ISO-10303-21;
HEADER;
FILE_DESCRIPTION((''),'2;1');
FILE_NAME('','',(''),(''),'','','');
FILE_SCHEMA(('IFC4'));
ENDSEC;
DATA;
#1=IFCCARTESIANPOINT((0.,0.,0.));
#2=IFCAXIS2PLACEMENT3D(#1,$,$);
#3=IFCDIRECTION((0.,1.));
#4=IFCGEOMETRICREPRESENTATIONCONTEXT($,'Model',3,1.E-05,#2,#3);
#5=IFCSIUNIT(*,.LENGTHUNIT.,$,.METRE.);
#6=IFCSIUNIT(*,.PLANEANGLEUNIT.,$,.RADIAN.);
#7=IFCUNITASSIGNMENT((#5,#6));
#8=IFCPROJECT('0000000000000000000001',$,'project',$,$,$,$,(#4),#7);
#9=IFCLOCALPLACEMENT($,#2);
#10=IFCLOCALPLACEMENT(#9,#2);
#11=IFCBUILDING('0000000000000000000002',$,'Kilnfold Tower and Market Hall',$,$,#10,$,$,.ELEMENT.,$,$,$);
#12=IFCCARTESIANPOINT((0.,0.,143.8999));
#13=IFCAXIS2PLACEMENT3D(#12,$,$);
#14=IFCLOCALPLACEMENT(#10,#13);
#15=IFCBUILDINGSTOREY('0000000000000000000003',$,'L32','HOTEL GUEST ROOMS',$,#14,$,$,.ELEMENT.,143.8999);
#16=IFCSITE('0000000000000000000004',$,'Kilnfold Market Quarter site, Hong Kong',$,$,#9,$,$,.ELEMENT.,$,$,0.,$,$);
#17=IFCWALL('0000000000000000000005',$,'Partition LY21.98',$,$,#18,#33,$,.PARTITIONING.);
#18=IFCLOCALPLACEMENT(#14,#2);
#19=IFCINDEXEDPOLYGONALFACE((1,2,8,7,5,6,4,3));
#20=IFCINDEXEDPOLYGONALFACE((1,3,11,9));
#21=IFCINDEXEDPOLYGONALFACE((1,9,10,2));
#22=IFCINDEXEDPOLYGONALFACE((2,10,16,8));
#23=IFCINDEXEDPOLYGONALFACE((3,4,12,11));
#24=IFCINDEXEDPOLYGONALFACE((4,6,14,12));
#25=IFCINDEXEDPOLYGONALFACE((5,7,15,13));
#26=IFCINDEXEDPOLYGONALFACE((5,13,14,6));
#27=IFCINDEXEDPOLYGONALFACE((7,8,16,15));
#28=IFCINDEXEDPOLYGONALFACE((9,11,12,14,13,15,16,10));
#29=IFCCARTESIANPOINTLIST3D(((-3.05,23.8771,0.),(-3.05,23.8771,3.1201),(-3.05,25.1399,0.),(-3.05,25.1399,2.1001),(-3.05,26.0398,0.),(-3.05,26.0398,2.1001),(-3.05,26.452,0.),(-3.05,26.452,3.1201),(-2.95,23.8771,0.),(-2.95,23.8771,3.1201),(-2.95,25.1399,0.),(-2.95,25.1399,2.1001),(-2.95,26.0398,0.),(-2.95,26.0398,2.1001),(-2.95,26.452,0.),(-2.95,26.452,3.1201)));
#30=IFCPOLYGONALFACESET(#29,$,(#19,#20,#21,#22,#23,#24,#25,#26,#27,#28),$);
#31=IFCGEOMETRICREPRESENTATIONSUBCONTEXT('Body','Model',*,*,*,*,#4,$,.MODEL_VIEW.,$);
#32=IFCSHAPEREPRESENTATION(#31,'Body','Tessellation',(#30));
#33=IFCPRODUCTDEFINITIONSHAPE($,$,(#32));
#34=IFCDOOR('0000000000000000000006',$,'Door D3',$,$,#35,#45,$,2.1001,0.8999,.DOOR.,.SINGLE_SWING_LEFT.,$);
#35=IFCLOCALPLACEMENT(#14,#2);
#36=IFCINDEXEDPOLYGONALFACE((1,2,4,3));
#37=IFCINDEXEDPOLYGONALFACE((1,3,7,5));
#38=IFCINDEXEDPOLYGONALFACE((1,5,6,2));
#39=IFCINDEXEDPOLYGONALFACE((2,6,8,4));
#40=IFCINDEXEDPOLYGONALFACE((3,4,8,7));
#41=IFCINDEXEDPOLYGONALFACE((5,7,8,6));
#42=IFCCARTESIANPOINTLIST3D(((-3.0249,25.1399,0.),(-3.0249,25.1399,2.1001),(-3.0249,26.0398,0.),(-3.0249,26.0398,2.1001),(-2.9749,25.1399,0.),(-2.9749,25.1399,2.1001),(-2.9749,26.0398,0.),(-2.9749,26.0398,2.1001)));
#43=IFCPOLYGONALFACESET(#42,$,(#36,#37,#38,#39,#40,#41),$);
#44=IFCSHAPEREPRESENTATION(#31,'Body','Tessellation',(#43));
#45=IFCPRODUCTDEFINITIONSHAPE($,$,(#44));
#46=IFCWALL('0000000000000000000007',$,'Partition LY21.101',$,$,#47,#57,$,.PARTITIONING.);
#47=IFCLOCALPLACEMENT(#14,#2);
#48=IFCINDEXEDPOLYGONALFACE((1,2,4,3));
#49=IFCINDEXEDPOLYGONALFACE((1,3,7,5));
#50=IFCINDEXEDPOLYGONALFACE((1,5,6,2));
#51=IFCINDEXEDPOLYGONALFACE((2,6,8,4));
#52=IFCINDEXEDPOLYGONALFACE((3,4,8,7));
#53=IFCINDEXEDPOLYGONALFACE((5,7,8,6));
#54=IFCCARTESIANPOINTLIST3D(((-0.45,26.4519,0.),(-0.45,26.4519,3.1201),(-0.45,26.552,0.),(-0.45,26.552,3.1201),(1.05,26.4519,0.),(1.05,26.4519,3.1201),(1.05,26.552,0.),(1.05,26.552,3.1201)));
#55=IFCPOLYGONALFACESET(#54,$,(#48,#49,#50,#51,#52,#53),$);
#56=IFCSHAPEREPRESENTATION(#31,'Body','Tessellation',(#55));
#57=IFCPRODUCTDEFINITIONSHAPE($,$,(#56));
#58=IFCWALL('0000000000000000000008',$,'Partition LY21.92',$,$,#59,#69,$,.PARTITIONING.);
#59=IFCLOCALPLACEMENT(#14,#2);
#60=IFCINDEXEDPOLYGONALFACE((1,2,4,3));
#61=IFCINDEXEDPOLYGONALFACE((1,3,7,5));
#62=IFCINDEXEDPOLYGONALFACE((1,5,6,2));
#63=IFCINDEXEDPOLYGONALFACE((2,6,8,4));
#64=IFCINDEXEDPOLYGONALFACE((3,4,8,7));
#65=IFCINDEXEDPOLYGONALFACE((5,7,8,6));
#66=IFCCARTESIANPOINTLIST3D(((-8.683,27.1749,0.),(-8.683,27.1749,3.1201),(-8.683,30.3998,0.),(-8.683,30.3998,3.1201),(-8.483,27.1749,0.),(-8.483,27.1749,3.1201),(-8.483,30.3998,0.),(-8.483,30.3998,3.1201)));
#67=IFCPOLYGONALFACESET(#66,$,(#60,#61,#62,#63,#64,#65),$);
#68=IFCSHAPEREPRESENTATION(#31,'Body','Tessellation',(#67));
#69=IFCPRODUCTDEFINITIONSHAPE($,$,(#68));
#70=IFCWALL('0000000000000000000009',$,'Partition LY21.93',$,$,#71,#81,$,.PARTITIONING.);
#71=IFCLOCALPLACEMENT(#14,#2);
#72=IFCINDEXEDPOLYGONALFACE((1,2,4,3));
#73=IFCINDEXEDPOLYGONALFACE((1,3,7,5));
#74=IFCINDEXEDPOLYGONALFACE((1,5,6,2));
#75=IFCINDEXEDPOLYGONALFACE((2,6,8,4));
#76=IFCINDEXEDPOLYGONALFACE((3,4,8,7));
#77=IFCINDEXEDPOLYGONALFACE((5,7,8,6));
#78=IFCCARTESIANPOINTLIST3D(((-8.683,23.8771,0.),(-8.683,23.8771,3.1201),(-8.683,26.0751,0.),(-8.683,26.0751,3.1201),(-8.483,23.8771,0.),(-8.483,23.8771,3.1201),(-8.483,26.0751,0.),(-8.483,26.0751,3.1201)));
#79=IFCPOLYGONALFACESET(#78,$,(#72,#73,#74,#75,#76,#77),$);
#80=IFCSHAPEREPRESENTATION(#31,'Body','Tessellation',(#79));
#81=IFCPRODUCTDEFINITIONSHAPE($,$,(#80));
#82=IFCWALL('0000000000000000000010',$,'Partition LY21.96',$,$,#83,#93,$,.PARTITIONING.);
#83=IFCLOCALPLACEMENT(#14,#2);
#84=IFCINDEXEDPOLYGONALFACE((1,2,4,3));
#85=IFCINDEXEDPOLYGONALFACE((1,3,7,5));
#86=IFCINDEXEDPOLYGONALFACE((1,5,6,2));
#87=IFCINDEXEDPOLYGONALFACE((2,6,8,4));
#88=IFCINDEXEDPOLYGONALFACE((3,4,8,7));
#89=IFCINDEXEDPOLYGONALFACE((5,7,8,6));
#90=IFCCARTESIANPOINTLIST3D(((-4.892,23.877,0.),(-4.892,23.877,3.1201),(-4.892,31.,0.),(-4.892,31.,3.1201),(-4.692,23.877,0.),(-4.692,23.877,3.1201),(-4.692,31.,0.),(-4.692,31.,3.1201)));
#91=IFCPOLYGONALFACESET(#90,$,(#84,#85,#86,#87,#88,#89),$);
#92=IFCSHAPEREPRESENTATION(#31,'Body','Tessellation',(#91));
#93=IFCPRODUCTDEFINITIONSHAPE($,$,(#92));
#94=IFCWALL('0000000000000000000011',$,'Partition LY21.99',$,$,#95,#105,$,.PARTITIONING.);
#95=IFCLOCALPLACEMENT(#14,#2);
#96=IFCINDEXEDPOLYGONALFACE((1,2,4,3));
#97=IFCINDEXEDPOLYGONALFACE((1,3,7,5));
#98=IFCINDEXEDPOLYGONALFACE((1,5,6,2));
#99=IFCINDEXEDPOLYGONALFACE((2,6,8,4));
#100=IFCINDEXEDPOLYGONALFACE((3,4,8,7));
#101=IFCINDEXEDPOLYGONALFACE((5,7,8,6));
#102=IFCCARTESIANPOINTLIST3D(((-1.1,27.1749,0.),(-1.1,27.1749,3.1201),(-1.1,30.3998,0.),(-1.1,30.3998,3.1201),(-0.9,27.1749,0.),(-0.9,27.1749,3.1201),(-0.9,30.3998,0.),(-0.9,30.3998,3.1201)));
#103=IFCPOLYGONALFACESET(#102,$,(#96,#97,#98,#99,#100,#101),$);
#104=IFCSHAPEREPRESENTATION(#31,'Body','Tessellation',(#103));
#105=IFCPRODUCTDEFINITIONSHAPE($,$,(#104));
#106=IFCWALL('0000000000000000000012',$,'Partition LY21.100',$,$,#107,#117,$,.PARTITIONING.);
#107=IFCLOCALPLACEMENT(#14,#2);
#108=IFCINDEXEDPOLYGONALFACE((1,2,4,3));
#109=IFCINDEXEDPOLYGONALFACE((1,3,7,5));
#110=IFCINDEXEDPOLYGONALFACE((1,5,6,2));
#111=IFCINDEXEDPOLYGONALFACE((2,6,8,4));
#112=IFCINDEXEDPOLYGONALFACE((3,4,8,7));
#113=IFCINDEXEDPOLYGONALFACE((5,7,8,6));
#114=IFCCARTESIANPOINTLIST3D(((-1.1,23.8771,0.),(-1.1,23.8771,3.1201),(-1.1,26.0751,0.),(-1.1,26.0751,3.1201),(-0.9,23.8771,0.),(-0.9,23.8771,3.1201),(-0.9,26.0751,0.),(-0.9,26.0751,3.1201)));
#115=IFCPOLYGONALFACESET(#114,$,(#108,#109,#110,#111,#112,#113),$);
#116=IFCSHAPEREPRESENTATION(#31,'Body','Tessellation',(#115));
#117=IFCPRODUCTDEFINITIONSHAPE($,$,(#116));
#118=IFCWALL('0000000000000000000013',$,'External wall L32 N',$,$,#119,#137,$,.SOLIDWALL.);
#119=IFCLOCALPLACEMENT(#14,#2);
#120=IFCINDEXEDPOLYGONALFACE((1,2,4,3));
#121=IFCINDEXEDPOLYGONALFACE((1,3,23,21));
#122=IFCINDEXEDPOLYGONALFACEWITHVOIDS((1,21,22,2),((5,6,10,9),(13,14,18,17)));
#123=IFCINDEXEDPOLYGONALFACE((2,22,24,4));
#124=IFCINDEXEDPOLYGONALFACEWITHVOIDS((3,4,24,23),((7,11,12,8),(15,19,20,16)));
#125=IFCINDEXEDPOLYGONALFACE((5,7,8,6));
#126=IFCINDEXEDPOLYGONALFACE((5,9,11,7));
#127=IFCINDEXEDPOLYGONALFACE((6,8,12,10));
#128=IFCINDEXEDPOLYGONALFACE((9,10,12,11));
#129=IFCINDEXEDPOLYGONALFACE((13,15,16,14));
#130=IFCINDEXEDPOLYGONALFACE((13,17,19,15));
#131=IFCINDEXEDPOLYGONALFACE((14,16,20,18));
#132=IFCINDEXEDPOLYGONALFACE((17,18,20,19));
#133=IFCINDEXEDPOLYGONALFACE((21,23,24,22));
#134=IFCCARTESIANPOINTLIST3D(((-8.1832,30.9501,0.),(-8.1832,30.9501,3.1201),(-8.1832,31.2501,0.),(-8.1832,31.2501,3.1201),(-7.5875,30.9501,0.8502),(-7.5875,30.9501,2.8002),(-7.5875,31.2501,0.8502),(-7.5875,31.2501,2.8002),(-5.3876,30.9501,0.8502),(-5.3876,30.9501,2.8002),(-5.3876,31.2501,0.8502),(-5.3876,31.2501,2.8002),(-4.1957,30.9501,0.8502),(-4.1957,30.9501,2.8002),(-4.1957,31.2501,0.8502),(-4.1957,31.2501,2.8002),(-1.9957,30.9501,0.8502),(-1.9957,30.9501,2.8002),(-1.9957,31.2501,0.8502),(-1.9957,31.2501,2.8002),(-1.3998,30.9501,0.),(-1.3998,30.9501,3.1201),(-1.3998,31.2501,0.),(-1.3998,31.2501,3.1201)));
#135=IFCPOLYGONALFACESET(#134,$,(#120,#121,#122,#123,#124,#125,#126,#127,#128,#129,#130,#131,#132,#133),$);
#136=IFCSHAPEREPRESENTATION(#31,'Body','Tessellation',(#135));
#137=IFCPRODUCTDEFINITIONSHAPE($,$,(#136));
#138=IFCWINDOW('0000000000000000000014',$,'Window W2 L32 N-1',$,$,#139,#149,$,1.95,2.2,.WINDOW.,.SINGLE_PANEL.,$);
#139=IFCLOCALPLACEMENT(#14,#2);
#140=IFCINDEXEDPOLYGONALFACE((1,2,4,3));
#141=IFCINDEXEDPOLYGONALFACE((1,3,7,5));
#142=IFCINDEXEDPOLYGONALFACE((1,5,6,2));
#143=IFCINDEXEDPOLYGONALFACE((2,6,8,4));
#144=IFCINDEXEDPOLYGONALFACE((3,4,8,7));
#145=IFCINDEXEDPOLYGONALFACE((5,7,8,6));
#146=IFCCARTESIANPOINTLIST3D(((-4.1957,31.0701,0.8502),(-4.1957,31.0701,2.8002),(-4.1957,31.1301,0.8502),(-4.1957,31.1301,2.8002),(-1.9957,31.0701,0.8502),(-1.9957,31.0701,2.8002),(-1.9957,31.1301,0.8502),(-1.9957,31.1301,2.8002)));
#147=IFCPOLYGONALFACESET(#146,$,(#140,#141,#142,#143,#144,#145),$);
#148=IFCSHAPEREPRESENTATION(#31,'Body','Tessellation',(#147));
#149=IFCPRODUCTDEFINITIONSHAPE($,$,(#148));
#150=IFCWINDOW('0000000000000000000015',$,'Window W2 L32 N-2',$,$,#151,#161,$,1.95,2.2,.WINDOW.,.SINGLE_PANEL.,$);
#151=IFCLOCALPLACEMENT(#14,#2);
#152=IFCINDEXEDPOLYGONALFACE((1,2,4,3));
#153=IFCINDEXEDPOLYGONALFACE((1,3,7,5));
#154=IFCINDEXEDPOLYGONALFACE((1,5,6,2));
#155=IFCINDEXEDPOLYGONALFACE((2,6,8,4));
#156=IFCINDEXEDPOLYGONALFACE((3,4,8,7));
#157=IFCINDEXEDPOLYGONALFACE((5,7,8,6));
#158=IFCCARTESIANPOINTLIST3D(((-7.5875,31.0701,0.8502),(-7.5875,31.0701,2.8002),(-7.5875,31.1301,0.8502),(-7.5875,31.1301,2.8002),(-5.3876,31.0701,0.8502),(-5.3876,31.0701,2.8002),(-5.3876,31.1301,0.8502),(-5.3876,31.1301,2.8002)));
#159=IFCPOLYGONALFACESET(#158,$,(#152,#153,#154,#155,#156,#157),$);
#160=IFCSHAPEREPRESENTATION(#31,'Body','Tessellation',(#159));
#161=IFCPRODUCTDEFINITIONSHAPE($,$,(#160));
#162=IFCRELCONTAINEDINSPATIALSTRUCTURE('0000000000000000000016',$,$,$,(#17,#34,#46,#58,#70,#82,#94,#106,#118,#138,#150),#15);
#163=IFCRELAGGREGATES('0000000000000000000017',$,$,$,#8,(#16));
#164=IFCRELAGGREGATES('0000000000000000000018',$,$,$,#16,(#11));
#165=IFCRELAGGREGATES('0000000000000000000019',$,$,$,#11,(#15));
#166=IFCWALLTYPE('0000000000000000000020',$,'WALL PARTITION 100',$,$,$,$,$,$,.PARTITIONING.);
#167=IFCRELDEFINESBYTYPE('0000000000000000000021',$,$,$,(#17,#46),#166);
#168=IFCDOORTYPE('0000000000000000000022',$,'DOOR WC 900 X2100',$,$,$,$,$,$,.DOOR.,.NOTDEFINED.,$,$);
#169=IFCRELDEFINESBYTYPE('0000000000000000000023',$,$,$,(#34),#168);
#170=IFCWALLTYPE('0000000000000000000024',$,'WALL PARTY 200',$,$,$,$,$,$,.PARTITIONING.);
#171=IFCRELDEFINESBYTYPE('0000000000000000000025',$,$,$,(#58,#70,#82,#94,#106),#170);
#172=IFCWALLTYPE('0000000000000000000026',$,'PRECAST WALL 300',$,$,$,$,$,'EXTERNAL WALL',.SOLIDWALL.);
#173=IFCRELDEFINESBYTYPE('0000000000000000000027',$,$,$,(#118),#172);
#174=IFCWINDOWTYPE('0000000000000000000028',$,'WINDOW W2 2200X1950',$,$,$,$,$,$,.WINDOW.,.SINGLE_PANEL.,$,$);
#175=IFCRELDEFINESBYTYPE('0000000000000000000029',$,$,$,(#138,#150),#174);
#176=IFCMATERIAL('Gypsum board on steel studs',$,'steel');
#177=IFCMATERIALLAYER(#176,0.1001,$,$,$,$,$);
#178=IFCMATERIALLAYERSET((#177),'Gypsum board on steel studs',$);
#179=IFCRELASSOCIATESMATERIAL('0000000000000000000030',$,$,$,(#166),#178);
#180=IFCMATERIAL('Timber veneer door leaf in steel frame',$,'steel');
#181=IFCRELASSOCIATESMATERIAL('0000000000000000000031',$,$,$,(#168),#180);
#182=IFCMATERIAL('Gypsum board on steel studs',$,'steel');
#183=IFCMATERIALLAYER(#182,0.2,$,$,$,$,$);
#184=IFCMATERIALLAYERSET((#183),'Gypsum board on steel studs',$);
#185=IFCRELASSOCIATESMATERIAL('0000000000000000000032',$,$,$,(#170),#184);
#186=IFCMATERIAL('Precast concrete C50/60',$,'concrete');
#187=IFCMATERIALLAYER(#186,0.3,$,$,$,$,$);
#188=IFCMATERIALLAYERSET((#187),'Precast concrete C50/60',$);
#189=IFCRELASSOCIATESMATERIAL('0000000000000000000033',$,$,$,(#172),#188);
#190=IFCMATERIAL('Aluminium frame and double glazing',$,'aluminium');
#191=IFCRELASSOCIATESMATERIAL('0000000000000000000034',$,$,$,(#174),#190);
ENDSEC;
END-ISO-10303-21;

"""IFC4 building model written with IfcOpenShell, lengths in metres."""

from ifc_helpers import new_model, si_unit, direction, frame, frame_2d, origin, place, context, subcontext, project, spatial, rectangle, extrude, source, transform, mapped, material, layer, layer_set, type_object, element, fill, save


model = new_model("IFC4")

# Units and contexts
model_context = context("Model", 3, precision=1e-05, world=origin(), true_north=direction((0.0, 1.0)))
body_context = subcontext(model_context, "Body", "Model", "MODEL_VIEW")
ifc_project = project(units=[si_unit("LENGTHUNIT", "METRE"), si_unit("PLANEANGLEUNIT", "RADIAN")], contexts=[model_context])

# Site, building, storey
site_placement = place(None, origin())
site = spatial("IfcSite", under=ifc_project, at=site_placement, Name="Kilnfold Market Quarter site, Hong Kong", CompositionType="ELEMENT", RefElevation=0.0)
building_placement = place(site_placement, origin())
building = spatial("IfcBuilding", under=site, at=building_placement, Name="Kilnfold Tower and Market Hall", CompositionType="ELEMENT")
storey_placement = place(building_placement, frame((0.0, 0.0, 143.8999)))
storey = spatial("IfcBuildingStorey", under=building, at=storey_placement, Name="L32", Description="HOTEL GUEST ROOMS", CompositionType="ELEMENT", Elevation=143.8999)

# Shared definitions
ifc_material_1 = material(Name="Gypsum board on steel studs", Category="steel")
ifc_layer_1 = layer(ifc_material_1, 0.1001)
ifc_layer_set_1 = layer_set([ifc_layer_1], Name="Gypsum board on steel studs")
wall_type_1 = type_object("IfcWallType", Name="WALL PARTITION 100", PredefinedType="PARTITIONING", material=ifc_layer_set_1)

# Shared definitions
ifc_material_2 = material(Name="Timber veneer door leaf in steel frame", Category="steel")
door_type = type_object("IfcDoorType", Name="DOOR WC 900 X2100", OperationType="NOTDEFINED", PredefinedType="DOOR", material=ifc_material_2)

# Wall, opening, door
wall_1_placement = place(storey_placement, frame((-3.0, 23.877, 0.0), z_axis=(0.0, 0.0, 1.0), x_axis=(0.0, 1.0, 0.0)))
wall_1 = element("IfcWall", 1, at=wall_1_placement, inside=storey, type_object=wall_type_1, Name="Partition LY21.98", PredefinedType="PARTITIONING", context=body_context, shape_type="SweptSolid", body=[
    extrude(rectangle(XDim=2.575, YDim=0.1001, at=frame_2d((1.2876, 0.0))), origin(), (0.0, 0.0, 1.0), 3.1201),
])
opening_1_placement = place(wall_1_placement, frame((1.2629, 0.0, 0.0)))
opening_1 = element("IfcOpeningElement", 2, at=opening_1_placement, cuts=wall_1, PredefinedType="OPENING", context=body_context, shape_type="SweptSolid", body=[
    extrude(rectangle(XDim=0.8999, YDim=2.1001, at=frame_2d((0.45, 1.05))), frame((0.0, 0.0601, 0.0), z_axis=(0.0, -1.0, 0.0), x_axis=(1.0, 0.0, 0.0)), (0.0, 0.0, 1.0), 0.1201),
])
door_1_placement = place(opening_1_placement, origin())
door_1 = element("IfcDoor", 3, at=door_1_placement, inside=storey, type_object=door_type, Name="Door D3", OperationType="SINGLE_SWING_LEFT", OverallHeight=2.1001, OverallWidth=0.8999, PredefinedType="DOOR", context=body_context, shape_type="SweptSolid", body=[
    extrude(rectangle(XDim=0.8999, YDim=2.1001, at=frame_2d((0.45, 1.05))), frame((0.0, 0.0249, 0.0), z_axis=(0.0, -1.0, 0.0), x_axis=(1.0, 0.0, 0.0)), (0.0, 0.0, 1.0), 0.05),
])
fill(opening_1, door_1)

# Walls
wall_2_placement = place(storey_placement, frame((-0.45, 26.502, 0.0), z_axis=(0.0, 0.0, 1.0), x_axis=(1.0, 0.0, 0.0)))
element("IfcWall", 4, at=wall_2_placement, inside=storey, type_object=wall_type_1, Name="Partition LY21.101", PredefinedType="PARTITIONING", context=body_context, shape_type="SweptSolid", body=[
    extrude(rectangle(XDim=1.5, YDim=0.1001, at=frame_2d((0.75, 0.0))), origin(), (0.0, 0.0, 1.0), 3.1201),
])
ifc_material_3 = material(Name="Gypsum board on steel studs", Category="steel")
ifc_layer_2 = layer(ifc_material_3, 0.2)
ifc_layer_set_2 = layer_set([ifc_layer_2], Name="Gypsum board on steel studs")
wall_type_2 = type_object("IfcWallType", Name="WALL PARTY 200", PredefinedType="PARTITIONING", material=ifc_layer_set_2)
wall_3_placement = place(storey_placement, frame((-8.583, 27.175, 0.0), z_axis=(0.0, 0.0, 1.0), x_axis=(0.0, 1.0, 0.0)))
element("IfcWall", 5, at=wall_3_placement, inside=storey, type_object=wall_type_2, Name="Partition LY21.92", PredefinedType="PARTITIONING", context=body_context, shape_type="SweptSolid", body=[
    extrude(rectangle(XDim=3.2249, YDim=0.2, at=frame_2d((1.6123, 0.0))), origin(), (0.0, 0.0, 1.0), 3.1201),
])
wall_4_placement = place(storey_placement, frame((-8.583, 23.877, 0.0), z_axis=(0.0, 0.0, 1.0), x_axis=(0.0, 1.0, 0.0)))
element("IfcWall", 6, at=wall_4_placement, inside=storey, type_object=wall_type_2, Name="Partition LY21.93", PredefinedType="PARTITIONING", context=body_context, shape_type="SweptSolid", body=[
    extrude(rectangle(XDim=2.198, YDim=0.2, at=frame_2d((1.0991, 0.0))), origin(), (0.0, 0.0, 1.0), 3.1201),
])
wall_5_placement = place(storey_placement, frame((-4.792, 23.877, 0.0), z_axis=(0.0, 0.0, 1.0), x_axis=(0.0, 1.0, 0.0)))
element("IfcWall", 7, at=wall_5_placement, inside=storey, type_object=wall_type_2, Name="Partition LY21.96", PredefinedType="PARTITIONING", context=body_context, shape_type="SweptSolid", body=[
    extrude(rectangle(XDim=7.123, YDim=0.2, at=frame_2d((3.5615, 0.0))), origin(), (0.0, 0.0, 1.0), 3.1201),
])
wall_6_placement = place(storey_placement, frame((-1.0, 27.175, 0.0), z_axis=(0.0, 0.0, 1.0), x_axis=(0.0, 1.0, 0.0)))
element("IfcWall", 8, at=wall_6_placement, inside=storey, type_object=wall_type_2, Name="Partition LY21.99", PredefinedType="PARTITIONING", context=body_context, shape_type="SweptSolid", body=[
    extrude(rectangle(XDim=3.2249, YDim=0.2, at=frame_2d((1.6123, 0.0))), origin(), (0.0, 0.0, 1.0), 3.1201),
])
wall_7_placement = place(storey_placement, frame((-1.0, 23.877, 0.0), z_axis=(0.0, 0.0, 1.0), x_axis=(0.0, 1.0, 0.0)))
element("IfcWall", 9, at=wall_7_placement, inside=storey, type_object=wall_type_2, Name="Partition LY21.100", PredefinedType="PARTITIONING", context=body_context, shape_type="SweptSolid", body=[
    extrude(rectangle(XDim=2.198, YDim=0.2, at=frame_2d((1.0991, 0.0))), origin(), (0.0, 0.0, 1.0), 3.1201),
])

# Wall, openings, windows
ifc_material_4 = material(Name="Precast concrete C50/60", Category="concrete")
ifc_layer_3 = layer(ifc_material_4, 0.3)
ifc_layer_set_3 = layer_set([ifc_layer_3], Name="Precast concrete C50/60")
wall_type_3 = type_object("IfcWallType", Name="PRECAST WALL 300", ElementType="EXTERNAL WALL", PredefinedType="SOLIDWALL", material=ifc_layer_set_3)
shared_shape_1 = source(origin(), body_context, "Body", "SweptSolid", [
    extrude(rectangle(XDim=6.7834, YDim=0.3, at=frame_2d((3.3916, 0.0))), origin(), (0.0, 0.0, 1.0), 3.1201),
])
wall_8_placement = place(storey_placement, frame((-1.3999, 31.1001, 0.0), z_axis=(0.0, 0.0, 1.0), x_axis=(-1.0, 0.0, 0.0)))
wall_8 = element("IfcWall", 10, at=wall_8_placement, inside=storey, type_object=wall_type_3, Name="External wall L32 N", PredefinedType="SOLIDWALL", context=body_context, shape_type="MappedRepresentation", body=[
    mapped(shared_shape_1, transform((0.0, 0.0, 0.0))),
])
opening_2_placement = place(wall_8_placement, frame((0.5957, 0.0, 0.8501)))
opening_2 = element("IfcOpeningElement", 11, at=opening_2_placement, cuts=wall_8, PredefinedType="OPENING", context=body_context, shape_type="SweptSolid", body=[
    extrude(rectangle(XDim=2.2, YDim=1.95, at=frame_2d((1.1001, 0.9751))), frame((0.0, 0.1602, 0.0), z_axis=(0.0, -1.0, 0.0), x_axis=(1.0, 0.0, 0.0)), (0.0, 0.0, 1.0), 0.3201),
])
opening_3_placement = place(wall_8_placement, frame((3.9875, 0.0, 0.8501)))
opening_3 = element("IfcOpeningElement", 12, at=opening_3_placement, cuts=wall_8, PredefinedType="OPENING", context=body_context, shape_type="SweptSolid", body=[
    extrude(rectangle(XDim=2.2, YDim=1.95, at=frame_2d((1.1001, 0.9751))), frame((0.0, 0.1602, 0.0), z_axis=(0.0, -1.0, 0.0), x_axis=(1.0, 0.0, 0.0)), (0.0, 0.0, 1.0), 0.3201),
])
ifc_material_5 = material(Name="Aluminium frame and double glazing", Category="aluminium")
window_type = type_object("IfcWindowType", Name="WINDOW W2 2200X1950", PartitioningType="SINGLE_PANEL", PredefinedType="WINDOW", material=ifc_material_5)
window_1_placement = place(opening_2_placement, origin())
window_1 = element("IfcWindow", 13, at=window_1_placement, inside=storey, type_object=window_type, Name="Window W2 L32 N-1", OverallHeight=1.95, OverallWidth=2.2, PartitioningType="SINGLE_PANEL", PredefinedType="WINDOW", context=body_context, shape_type="SweptSolid", body=[
    extrude(rectangle(XDim=2.2, YDim=1.95, at=frame_2d((1.1001, 0.9751))), frame((0.0, 0.03, 0.0), z_axis=(0.0, -1.0, 0.0), x_axis=(1.0, 0.0, 0.0)), (0.0, 0.0, 1.0), 0.0601),
])
fill(opening_2, window_1)
window_2_placement = place(opening_3_placement, origin())
window_2 = element("IfcWindow", 14, at=window_2_placement, inside=storey, type_object=window_type, Name="Window W2 L32 N-2", OverallHeight=1.95, OverallWidth=2.2, PartitioningType="SINGLE_PANEL", PredefinedType="WINDOW", context=body_context, shape_type="SweptSolid", body=[
    extrude(rectangle(XDim=2.2, YDim=1.95, at=frame_2d((1.1001, 0.9751))), frame((0.0, 0.03, 0.0), z_axis=(0.0, -1.0, 0.0), x_axis=(1.0, 0.0, 0.0)), (0.0, 0.0, 1.0), 0.0601),
])
fill(opening_3, window_2)

save(model, "model.ifc")
